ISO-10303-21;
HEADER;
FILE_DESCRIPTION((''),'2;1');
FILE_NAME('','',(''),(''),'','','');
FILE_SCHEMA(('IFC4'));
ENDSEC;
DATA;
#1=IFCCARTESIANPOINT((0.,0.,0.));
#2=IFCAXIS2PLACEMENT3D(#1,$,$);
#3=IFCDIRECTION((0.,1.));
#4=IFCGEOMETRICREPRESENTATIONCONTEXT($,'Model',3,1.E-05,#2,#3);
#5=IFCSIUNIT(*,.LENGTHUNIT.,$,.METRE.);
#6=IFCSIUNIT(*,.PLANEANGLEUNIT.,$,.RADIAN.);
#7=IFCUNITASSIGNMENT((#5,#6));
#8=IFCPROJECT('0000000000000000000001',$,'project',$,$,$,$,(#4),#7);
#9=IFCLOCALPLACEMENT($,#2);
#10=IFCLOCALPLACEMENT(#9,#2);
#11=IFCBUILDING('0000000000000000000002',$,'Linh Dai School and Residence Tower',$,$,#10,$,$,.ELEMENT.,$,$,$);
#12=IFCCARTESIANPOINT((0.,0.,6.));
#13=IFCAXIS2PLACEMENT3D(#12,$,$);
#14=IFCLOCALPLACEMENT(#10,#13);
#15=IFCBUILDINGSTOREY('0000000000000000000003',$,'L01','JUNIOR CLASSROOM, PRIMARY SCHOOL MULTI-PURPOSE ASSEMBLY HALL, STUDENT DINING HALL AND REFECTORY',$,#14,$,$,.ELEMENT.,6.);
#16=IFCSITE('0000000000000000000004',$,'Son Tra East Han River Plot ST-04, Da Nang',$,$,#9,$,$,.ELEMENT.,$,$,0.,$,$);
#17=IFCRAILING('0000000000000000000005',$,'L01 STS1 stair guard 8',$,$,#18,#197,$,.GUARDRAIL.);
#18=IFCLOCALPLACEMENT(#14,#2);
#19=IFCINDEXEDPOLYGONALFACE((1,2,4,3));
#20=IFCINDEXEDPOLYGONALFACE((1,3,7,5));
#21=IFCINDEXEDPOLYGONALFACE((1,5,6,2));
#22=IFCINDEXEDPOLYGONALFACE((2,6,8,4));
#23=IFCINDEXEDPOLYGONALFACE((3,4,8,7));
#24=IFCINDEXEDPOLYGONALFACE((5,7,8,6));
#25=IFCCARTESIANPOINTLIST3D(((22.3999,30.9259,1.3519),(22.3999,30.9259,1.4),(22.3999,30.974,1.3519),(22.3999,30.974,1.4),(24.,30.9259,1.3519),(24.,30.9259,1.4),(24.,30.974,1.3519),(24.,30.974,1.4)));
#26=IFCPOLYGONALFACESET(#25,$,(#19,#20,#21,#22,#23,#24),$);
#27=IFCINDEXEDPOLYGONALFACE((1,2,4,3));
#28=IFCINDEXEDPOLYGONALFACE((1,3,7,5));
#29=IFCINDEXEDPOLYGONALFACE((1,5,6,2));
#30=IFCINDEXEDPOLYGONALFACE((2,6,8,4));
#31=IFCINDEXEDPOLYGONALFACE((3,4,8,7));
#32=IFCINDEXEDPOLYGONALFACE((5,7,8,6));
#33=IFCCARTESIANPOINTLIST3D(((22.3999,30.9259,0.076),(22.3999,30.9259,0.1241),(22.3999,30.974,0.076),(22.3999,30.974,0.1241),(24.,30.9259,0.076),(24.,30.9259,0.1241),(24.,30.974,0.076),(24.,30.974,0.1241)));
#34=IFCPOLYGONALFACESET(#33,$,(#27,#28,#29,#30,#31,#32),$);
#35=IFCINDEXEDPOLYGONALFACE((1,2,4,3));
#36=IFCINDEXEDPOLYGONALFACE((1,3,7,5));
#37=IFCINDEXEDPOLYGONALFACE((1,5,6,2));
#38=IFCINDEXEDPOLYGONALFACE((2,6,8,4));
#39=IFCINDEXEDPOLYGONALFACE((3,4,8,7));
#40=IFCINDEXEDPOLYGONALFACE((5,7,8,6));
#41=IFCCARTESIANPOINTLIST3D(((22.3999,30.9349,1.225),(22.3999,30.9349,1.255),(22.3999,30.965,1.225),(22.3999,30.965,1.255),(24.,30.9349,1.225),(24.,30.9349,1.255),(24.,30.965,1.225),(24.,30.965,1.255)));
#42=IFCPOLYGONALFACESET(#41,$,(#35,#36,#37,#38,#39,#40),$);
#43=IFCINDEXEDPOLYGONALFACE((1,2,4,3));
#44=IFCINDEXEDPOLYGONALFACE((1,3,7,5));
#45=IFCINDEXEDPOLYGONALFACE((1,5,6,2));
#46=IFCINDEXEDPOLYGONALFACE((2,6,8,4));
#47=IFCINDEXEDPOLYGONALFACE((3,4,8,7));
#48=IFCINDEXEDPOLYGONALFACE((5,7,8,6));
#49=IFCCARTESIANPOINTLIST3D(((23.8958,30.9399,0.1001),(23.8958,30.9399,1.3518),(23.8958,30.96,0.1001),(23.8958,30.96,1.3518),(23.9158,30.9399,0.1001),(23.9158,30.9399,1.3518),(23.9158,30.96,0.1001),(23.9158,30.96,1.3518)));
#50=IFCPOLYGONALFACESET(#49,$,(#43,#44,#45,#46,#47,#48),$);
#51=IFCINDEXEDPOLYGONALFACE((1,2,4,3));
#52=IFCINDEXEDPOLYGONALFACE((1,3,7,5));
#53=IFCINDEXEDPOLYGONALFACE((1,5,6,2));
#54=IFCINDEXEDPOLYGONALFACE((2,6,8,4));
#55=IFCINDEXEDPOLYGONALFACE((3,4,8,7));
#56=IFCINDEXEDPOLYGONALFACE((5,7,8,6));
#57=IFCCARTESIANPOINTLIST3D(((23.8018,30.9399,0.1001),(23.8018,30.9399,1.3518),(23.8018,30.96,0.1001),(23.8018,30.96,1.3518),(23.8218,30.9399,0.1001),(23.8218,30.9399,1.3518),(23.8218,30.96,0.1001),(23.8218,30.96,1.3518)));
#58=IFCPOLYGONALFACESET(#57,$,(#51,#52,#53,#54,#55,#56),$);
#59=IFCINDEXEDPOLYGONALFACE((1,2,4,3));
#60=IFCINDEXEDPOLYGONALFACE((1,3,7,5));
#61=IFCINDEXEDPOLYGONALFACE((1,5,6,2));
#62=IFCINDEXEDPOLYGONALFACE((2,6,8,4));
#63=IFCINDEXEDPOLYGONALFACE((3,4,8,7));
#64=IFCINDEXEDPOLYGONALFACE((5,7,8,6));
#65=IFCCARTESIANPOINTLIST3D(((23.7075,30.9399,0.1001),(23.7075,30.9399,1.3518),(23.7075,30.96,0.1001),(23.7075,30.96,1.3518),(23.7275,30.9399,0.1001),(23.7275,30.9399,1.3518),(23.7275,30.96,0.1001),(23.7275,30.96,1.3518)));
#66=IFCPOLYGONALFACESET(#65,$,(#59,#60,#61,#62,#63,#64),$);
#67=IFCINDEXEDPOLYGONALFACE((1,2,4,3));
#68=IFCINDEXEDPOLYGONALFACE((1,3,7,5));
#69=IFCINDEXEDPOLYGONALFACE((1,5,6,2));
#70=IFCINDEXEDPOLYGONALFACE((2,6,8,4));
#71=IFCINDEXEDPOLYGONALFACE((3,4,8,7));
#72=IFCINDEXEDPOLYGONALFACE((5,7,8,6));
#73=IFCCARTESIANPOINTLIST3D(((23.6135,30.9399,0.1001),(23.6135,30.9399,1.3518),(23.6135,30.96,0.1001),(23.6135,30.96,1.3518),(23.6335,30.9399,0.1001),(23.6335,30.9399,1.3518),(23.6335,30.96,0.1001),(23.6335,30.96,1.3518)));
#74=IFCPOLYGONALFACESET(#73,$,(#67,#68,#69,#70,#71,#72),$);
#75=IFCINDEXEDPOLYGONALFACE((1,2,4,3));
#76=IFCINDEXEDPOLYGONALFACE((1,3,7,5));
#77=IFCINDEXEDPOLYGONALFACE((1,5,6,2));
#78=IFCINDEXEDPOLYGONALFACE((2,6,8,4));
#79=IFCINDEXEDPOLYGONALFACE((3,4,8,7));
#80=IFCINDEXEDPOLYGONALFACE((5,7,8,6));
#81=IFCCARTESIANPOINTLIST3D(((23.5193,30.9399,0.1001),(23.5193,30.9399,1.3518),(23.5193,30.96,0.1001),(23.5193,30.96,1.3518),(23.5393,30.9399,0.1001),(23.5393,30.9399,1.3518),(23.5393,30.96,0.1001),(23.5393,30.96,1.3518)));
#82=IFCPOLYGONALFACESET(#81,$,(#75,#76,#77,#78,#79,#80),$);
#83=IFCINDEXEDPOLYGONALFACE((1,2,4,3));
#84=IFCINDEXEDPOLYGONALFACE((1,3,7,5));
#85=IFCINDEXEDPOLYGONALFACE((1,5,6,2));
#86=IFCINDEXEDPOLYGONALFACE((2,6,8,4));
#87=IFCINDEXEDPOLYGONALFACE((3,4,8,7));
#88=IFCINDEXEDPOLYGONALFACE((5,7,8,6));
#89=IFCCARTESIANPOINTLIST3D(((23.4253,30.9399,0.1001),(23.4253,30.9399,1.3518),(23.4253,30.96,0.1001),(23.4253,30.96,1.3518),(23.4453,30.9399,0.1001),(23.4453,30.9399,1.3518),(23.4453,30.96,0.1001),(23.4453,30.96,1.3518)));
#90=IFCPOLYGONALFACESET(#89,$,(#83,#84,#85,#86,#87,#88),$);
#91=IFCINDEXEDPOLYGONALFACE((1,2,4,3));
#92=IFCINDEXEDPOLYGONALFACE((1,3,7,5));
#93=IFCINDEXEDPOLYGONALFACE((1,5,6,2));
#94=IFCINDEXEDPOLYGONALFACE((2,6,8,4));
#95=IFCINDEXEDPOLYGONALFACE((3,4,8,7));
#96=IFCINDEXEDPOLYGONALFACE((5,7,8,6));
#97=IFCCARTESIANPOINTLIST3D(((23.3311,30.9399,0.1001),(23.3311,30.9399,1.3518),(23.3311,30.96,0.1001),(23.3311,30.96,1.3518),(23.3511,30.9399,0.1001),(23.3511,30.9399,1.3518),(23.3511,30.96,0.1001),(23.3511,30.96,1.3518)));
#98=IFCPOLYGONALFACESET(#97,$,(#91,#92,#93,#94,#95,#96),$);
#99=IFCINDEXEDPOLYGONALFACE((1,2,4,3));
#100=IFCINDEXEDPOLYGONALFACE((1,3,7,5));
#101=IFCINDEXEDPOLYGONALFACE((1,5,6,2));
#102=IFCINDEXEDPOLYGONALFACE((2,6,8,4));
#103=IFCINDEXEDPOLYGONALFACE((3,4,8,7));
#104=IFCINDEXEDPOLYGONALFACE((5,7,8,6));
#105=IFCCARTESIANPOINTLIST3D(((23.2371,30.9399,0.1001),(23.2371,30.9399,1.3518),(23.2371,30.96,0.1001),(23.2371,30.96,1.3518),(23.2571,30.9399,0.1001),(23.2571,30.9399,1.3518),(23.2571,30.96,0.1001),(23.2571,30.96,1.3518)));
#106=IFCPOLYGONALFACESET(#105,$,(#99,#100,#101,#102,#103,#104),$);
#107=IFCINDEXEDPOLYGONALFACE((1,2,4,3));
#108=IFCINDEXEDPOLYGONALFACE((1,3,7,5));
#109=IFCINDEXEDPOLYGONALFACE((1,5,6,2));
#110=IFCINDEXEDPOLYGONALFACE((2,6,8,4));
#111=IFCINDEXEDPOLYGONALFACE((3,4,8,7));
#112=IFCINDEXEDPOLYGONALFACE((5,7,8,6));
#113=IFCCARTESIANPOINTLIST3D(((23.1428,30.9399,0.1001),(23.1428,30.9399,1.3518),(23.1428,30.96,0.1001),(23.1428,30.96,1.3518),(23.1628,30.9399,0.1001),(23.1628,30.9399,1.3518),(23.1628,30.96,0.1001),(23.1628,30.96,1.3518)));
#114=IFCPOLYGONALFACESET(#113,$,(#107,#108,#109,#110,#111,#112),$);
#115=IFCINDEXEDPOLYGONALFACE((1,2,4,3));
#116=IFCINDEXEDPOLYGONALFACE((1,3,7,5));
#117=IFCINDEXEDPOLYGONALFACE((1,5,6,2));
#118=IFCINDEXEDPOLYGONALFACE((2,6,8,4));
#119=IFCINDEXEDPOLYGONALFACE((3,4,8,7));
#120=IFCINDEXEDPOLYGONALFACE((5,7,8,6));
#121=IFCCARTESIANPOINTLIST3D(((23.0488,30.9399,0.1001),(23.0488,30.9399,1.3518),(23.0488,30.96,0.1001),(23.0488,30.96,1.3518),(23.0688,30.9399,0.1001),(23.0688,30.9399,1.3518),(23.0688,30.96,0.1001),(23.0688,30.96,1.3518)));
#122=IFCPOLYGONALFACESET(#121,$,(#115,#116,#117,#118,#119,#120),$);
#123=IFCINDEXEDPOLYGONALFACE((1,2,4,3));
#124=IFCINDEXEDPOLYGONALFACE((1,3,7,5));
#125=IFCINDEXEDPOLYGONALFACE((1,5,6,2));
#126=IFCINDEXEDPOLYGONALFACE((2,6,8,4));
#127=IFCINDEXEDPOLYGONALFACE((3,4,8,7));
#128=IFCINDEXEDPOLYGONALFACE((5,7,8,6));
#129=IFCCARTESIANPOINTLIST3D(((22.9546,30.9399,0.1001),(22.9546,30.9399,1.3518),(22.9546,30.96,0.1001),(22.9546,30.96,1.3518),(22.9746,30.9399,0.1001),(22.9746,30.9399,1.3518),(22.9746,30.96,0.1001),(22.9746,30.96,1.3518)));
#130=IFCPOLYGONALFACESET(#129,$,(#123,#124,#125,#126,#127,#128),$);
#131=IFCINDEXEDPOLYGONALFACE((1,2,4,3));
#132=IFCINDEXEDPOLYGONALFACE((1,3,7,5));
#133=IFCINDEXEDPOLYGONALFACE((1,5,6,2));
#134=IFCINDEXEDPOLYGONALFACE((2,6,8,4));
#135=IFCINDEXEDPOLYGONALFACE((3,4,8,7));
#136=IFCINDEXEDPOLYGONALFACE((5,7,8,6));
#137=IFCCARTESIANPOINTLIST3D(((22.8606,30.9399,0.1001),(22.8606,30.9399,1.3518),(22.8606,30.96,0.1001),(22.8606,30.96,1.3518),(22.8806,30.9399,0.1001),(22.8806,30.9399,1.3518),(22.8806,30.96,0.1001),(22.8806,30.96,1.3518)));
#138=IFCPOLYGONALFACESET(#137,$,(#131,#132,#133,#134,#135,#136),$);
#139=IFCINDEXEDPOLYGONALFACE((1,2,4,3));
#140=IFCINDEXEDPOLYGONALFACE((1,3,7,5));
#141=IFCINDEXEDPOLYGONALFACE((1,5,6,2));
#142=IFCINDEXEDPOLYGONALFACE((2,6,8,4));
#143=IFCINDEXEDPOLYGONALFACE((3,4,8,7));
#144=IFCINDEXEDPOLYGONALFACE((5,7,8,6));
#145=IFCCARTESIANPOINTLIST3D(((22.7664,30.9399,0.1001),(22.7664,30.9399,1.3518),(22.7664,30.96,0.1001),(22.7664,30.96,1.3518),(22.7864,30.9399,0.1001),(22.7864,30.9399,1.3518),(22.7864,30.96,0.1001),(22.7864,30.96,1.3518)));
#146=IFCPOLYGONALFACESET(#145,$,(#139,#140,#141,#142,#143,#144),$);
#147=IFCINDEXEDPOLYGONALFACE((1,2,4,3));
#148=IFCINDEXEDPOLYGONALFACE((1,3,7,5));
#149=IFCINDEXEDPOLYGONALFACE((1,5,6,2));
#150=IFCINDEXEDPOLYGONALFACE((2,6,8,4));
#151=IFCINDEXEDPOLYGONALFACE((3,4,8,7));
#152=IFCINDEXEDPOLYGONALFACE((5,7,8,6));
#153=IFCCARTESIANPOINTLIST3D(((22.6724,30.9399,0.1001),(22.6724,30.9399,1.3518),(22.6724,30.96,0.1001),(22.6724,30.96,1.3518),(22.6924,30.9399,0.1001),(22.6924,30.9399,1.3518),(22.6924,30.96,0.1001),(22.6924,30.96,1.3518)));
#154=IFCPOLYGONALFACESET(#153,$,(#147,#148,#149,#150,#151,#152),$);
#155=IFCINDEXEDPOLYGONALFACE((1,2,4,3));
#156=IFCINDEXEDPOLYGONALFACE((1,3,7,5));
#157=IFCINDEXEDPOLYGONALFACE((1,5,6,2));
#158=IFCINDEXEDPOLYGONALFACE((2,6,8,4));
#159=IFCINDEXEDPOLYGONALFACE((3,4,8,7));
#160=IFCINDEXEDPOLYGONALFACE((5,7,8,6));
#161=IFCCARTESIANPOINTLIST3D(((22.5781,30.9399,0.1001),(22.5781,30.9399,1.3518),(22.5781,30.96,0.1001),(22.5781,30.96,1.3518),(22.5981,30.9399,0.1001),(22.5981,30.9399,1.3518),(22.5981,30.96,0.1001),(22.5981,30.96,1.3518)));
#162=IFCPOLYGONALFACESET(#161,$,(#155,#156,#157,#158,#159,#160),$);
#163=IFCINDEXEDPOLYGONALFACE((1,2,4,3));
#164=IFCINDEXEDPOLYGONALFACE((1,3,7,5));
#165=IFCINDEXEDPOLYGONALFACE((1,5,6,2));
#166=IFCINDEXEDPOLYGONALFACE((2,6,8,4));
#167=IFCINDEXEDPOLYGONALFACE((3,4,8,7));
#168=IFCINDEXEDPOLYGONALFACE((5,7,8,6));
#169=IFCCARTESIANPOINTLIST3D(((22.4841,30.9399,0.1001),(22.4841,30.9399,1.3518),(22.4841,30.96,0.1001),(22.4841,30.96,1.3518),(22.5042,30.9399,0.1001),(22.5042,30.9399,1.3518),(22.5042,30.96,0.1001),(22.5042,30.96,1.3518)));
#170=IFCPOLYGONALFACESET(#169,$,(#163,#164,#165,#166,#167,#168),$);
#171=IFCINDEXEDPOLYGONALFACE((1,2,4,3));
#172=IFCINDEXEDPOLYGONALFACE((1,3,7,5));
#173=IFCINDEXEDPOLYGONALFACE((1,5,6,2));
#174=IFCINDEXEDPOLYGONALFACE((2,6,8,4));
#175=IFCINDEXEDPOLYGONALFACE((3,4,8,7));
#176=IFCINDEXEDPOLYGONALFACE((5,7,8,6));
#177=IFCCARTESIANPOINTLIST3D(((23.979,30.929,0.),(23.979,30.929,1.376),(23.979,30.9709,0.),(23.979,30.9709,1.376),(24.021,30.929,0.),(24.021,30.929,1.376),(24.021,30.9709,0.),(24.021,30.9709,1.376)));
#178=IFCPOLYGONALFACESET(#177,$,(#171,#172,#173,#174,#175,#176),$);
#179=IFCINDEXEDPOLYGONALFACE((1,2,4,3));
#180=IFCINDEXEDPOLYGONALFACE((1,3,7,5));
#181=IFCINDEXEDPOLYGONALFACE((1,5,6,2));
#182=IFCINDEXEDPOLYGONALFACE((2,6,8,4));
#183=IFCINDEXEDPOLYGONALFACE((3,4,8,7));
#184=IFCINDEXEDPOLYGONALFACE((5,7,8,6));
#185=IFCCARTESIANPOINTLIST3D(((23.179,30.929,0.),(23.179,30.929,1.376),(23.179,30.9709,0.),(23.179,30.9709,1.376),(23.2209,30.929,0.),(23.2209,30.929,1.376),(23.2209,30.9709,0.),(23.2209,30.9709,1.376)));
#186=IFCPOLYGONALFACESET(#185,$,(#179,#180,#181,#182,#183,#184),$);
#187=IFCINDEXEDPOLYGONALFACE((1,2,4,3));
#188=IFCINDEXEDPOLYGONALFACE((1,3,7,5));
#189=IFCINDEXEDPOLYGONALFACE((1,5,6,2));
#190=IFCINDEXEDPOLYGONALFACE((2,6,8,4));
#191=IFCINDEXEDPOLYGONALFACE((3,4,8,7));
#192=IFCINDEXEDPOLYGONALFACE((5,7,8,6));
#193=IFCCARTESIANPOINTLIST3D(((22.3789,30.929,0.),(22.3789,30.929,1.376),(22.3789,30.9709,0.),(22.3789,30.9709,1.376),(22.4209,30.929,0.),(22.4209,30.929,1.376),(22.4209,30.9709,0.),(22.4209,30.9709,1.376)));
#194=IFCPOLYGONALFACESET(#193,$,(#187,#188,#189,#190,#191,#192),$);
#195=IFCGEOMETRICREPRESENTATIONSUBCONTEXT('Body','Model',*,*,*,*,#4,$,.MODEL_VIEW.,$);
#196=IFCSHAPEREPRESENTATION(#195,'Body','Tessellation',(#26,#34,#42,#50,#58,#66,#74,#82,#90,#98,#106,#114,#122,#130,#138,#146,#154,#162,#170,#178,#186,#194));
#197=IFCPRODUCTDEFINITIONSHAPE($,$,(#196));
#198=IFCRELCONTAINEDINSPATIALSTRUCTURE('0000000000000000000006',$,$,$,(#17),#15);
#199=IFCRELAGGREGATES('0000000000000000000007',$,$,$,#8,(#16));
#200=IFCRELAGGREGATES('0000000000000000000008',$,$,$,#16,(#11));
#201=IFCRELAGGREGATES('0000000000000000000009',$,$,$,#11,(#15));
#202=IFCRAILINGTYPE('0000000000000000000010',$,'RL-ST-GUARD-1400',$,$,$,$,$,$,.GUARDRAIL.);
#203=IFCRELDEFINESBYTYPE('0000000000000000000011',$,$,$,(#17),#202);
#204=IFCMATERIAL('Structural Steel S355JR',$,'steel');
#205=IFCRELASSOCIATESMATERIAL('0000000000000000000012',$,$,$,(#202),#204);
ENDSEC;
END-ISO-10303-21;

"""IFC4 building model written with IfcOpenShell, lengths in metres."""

from ifc_helpers import new_model, si_unit, direction, frame, origin, origin_2d, place, context, subcontext, project, spatial, rectangle, extrude, source, transform, mapped, material, type_object, element, save


model = new_model("IFC4")

# Units and contexts
model_context = context("Model", 3, precision=1e-05, world=origin(), true_north=direction((0.0, 1.0)))
body_context = subcontext(model_context, "Body", "Model", "MODEL_VIEW")
ifc_project = project(units=[si_unit("LENGTHUNIT", "METRE"), si_unit("PLANEANGLEUNIT", "RADIAN")], contexts=[model_context])

# Site, building, storey
site_placement = place(None, origin())
site = spatial("IfcSite", under=ifc_project, at=site_placement, Name="Son Tra East Han River Plot ST-04, Da Nang", CompositionType="ELEMENT", RefElevation=0.0)
building_placement = place(site_placement, origin())
building = spatial("IfcBuilding", under=site, at=building_placement, Name="Linh Dai School and Residence Tower", CompositionType="ELEMENT")
storey_placement = place(building_placement, frame((0.0, 0.0, 6.0)))
storey = spatial("IfcBuildingStorey", under=building, at=storey_placement, Name="L01", Description="JUNIOR CLASSROOM, PRIMARY SCHOOL MULTI-PURPOSE ASSEMBLY HALL, STUDENT DINING HALL AND REFECTORY", CompositionType="ELEMENT", Elevation=6.0)

# Shared definitions
ifc_material_1 = material(Name="Structural Steel S355JR", Category="steel")

# Railing
railing_type_1 = type_object("IfcRailingType", Name="RL-ST-GUARD-1400", PredefinedType="GUARDRAIL", material=ifc_material_1)
shared_shape_1 = source(origin(), body_context, "Body", "SweptSolid", [
    extrude(rectangle(XDim=0.0481, YDim=0.0481, at=origin_2d()), frame((0.0, 0.0, 1.376), z_axis=(-1.0, 0.0, 0.0), x_axis=(0.0, -1.0, 0.0)), (0.0, 0.0, 1.0), 1.6001),
    extrude(rectangle(XDim=0.0481, YDim=0.0481, at=origin_2d()), frame((0.0, 0.0, 0.1001), z_axis=(-1.0, 0.0, 0.0), x_axis=(0.0, -1.0, 0.0)), (0.0, 0.0, 1.0), 1.6001),
    extrude(rectangle(XDim=0.03, YDim=0.03, at=origin_2d()), frame((0.0, 0.0, 1.24), z_axis=(-1.0, 0.0, 0.0), x_axis=(0.0, -1.0, 0.0)), (0.0, 0.0, 1.0), 1.6001),
    extrude(rectangle(XDim=0.02, YDim=0.02, at=origin_2d()), frame((-0.0942, 0.0, 0.1001)), (0.0, 0.0, 1.0), 1.2517),
    extrude(rectangle(XDim=0.02, YDim=0.02, at=origin_2d()), frame((-0.1882, 0.0, 0.1001)), (0.0, 0.0, 1.0), 1.2517),
    extrude(rectangle(XDim=0.02, YDim=0.02, at=origin_2d()), frame((-0.2825, 0.0, 0.1001)), (0.0, 0.0, 1.0), 1.2517),
    extrude(rectangle(XDim=0.02, YDim=0.02, at=origin_2d()), frame((-0.3765, 0.0, 0.1001)), (0.0, 0.0, 1.0), 1.2517),
    extrude(rectangle(XDim=0.02, YDim=0.02, at=origin_2d()), frame((-0.4707, 0.0, 0.1001)), (0.0, 0.0, 1.0), 1.2517),
    extrude(rectangle(XDim=0.02, YDim=0.02, at=origin_2d()), frame((-0.5647, 0.0, 0.1001)), (0.0, 0.0, 1.0), 1.2517),
    extrude(rectangle(XDim=0.02, YDim=0.02, at=origin_2d()), frame((-0.6589, 0.0, 0.1001)), (0.0, 0.0, 1.0), 1.2517),
    extrude(rectangle(XDim=0.02, YDim=0.02, at=origin_2d()), frame((-0.7529, 0.0, 0.1001)), (0.0, 0.0, 1.0), 1.2517),
    extrude(rectangle(XDim=0.02, YDim=0.02, at=origin_2d()), frame((-0.8472, 0.0, 0.1001)), (0.0, 0.0, 1.0), 1.2517),
    extrude(rectangle(XDim=0.02, YDim=0.02, at=origin_2d()), frame((-0.9412, 0.0, 0.1001)), (0.0, 0.0, 1.0), 1.2517),
    extrude(rectangle(XDim=0.02, YDim=0.02, at=origin_2d()), frame((-1.0354, 0.0, 0.1001)), (0.0, 0.0, 1.0), 1.2517),
    extrude(rectangle(XDim=0.02, YDim=0.02, at=origin_2d()), frame((-1.1294, 0.0, 0.1001)), (0.0, 0.0, 1.0), 1.2517),
    extrude(rectangle(XDim=0.02, YDim=0.02, at=origin_2d()), frame((-1.2236, 0.0, 0.1001)), (0.0, 0.0, 1.0), 1.2517),
    extrude(rectangle(XDim=0.02, YDim=0.02, at=origin_2d()), frame((-1.3176, 0.0, 0.1001)), (0.0, 0.0, 1.0), 1.2517),
    extrude(rectangle(XDim=0.02, YDim=0.02, at=origin_2d()), frame((-1.4119, 0.0, 0.1001)), (0.0, 0.0, 1.0), 1.2517),
    extrude(rectangle(XDim=0.02, YDim=0.02, at=origin_2d()), frame((-1.5059, 0.0, 0.1001)), (0.0, 0.0, 1.0), 1.2517),
    extrude(rectangle(XDim=0.042, YDim=0.042, at=origin_2d()), origin(), (0.0, 0.0, 1.0), 1.376),
    extrude(rectangle(XDim=0.042, YDim=0.042, at=origin_2d()), frame((-0.8, 0.0, 0.0)), (0.0, 0.0, 1.0), 1.376),
    extrude(rectangle(XDim=0.042, YDim=0.042, at=origin_2d()), frame((-1.6001, 0.0, 0.0)), (0.0, 0.0, 1.0), 1.376),
])
for number, where, name in (
    (1, (24.0, 30.95, 0.0), "L01 STS1 stair guard 8"),
):
    element("IfcRailing", number, at=place(storey_placement, frame(where)), inside=storey, type_object=railing_type_1, Name=name, PredefinedType="GUARDRAIL", context=body_context, shape_type="MappedRepresentation", body=[
        mapped(shared_shape_1, transform((0.0, 0.0, 0.0), x_axis=(1.0, 0.0, 0.0), y_axis=(0.0, 1.0, 0.0), z_axis=(0.0, 0.0, 1.0), scale=1.0)),
    ])

save(model, "model.ifc")
